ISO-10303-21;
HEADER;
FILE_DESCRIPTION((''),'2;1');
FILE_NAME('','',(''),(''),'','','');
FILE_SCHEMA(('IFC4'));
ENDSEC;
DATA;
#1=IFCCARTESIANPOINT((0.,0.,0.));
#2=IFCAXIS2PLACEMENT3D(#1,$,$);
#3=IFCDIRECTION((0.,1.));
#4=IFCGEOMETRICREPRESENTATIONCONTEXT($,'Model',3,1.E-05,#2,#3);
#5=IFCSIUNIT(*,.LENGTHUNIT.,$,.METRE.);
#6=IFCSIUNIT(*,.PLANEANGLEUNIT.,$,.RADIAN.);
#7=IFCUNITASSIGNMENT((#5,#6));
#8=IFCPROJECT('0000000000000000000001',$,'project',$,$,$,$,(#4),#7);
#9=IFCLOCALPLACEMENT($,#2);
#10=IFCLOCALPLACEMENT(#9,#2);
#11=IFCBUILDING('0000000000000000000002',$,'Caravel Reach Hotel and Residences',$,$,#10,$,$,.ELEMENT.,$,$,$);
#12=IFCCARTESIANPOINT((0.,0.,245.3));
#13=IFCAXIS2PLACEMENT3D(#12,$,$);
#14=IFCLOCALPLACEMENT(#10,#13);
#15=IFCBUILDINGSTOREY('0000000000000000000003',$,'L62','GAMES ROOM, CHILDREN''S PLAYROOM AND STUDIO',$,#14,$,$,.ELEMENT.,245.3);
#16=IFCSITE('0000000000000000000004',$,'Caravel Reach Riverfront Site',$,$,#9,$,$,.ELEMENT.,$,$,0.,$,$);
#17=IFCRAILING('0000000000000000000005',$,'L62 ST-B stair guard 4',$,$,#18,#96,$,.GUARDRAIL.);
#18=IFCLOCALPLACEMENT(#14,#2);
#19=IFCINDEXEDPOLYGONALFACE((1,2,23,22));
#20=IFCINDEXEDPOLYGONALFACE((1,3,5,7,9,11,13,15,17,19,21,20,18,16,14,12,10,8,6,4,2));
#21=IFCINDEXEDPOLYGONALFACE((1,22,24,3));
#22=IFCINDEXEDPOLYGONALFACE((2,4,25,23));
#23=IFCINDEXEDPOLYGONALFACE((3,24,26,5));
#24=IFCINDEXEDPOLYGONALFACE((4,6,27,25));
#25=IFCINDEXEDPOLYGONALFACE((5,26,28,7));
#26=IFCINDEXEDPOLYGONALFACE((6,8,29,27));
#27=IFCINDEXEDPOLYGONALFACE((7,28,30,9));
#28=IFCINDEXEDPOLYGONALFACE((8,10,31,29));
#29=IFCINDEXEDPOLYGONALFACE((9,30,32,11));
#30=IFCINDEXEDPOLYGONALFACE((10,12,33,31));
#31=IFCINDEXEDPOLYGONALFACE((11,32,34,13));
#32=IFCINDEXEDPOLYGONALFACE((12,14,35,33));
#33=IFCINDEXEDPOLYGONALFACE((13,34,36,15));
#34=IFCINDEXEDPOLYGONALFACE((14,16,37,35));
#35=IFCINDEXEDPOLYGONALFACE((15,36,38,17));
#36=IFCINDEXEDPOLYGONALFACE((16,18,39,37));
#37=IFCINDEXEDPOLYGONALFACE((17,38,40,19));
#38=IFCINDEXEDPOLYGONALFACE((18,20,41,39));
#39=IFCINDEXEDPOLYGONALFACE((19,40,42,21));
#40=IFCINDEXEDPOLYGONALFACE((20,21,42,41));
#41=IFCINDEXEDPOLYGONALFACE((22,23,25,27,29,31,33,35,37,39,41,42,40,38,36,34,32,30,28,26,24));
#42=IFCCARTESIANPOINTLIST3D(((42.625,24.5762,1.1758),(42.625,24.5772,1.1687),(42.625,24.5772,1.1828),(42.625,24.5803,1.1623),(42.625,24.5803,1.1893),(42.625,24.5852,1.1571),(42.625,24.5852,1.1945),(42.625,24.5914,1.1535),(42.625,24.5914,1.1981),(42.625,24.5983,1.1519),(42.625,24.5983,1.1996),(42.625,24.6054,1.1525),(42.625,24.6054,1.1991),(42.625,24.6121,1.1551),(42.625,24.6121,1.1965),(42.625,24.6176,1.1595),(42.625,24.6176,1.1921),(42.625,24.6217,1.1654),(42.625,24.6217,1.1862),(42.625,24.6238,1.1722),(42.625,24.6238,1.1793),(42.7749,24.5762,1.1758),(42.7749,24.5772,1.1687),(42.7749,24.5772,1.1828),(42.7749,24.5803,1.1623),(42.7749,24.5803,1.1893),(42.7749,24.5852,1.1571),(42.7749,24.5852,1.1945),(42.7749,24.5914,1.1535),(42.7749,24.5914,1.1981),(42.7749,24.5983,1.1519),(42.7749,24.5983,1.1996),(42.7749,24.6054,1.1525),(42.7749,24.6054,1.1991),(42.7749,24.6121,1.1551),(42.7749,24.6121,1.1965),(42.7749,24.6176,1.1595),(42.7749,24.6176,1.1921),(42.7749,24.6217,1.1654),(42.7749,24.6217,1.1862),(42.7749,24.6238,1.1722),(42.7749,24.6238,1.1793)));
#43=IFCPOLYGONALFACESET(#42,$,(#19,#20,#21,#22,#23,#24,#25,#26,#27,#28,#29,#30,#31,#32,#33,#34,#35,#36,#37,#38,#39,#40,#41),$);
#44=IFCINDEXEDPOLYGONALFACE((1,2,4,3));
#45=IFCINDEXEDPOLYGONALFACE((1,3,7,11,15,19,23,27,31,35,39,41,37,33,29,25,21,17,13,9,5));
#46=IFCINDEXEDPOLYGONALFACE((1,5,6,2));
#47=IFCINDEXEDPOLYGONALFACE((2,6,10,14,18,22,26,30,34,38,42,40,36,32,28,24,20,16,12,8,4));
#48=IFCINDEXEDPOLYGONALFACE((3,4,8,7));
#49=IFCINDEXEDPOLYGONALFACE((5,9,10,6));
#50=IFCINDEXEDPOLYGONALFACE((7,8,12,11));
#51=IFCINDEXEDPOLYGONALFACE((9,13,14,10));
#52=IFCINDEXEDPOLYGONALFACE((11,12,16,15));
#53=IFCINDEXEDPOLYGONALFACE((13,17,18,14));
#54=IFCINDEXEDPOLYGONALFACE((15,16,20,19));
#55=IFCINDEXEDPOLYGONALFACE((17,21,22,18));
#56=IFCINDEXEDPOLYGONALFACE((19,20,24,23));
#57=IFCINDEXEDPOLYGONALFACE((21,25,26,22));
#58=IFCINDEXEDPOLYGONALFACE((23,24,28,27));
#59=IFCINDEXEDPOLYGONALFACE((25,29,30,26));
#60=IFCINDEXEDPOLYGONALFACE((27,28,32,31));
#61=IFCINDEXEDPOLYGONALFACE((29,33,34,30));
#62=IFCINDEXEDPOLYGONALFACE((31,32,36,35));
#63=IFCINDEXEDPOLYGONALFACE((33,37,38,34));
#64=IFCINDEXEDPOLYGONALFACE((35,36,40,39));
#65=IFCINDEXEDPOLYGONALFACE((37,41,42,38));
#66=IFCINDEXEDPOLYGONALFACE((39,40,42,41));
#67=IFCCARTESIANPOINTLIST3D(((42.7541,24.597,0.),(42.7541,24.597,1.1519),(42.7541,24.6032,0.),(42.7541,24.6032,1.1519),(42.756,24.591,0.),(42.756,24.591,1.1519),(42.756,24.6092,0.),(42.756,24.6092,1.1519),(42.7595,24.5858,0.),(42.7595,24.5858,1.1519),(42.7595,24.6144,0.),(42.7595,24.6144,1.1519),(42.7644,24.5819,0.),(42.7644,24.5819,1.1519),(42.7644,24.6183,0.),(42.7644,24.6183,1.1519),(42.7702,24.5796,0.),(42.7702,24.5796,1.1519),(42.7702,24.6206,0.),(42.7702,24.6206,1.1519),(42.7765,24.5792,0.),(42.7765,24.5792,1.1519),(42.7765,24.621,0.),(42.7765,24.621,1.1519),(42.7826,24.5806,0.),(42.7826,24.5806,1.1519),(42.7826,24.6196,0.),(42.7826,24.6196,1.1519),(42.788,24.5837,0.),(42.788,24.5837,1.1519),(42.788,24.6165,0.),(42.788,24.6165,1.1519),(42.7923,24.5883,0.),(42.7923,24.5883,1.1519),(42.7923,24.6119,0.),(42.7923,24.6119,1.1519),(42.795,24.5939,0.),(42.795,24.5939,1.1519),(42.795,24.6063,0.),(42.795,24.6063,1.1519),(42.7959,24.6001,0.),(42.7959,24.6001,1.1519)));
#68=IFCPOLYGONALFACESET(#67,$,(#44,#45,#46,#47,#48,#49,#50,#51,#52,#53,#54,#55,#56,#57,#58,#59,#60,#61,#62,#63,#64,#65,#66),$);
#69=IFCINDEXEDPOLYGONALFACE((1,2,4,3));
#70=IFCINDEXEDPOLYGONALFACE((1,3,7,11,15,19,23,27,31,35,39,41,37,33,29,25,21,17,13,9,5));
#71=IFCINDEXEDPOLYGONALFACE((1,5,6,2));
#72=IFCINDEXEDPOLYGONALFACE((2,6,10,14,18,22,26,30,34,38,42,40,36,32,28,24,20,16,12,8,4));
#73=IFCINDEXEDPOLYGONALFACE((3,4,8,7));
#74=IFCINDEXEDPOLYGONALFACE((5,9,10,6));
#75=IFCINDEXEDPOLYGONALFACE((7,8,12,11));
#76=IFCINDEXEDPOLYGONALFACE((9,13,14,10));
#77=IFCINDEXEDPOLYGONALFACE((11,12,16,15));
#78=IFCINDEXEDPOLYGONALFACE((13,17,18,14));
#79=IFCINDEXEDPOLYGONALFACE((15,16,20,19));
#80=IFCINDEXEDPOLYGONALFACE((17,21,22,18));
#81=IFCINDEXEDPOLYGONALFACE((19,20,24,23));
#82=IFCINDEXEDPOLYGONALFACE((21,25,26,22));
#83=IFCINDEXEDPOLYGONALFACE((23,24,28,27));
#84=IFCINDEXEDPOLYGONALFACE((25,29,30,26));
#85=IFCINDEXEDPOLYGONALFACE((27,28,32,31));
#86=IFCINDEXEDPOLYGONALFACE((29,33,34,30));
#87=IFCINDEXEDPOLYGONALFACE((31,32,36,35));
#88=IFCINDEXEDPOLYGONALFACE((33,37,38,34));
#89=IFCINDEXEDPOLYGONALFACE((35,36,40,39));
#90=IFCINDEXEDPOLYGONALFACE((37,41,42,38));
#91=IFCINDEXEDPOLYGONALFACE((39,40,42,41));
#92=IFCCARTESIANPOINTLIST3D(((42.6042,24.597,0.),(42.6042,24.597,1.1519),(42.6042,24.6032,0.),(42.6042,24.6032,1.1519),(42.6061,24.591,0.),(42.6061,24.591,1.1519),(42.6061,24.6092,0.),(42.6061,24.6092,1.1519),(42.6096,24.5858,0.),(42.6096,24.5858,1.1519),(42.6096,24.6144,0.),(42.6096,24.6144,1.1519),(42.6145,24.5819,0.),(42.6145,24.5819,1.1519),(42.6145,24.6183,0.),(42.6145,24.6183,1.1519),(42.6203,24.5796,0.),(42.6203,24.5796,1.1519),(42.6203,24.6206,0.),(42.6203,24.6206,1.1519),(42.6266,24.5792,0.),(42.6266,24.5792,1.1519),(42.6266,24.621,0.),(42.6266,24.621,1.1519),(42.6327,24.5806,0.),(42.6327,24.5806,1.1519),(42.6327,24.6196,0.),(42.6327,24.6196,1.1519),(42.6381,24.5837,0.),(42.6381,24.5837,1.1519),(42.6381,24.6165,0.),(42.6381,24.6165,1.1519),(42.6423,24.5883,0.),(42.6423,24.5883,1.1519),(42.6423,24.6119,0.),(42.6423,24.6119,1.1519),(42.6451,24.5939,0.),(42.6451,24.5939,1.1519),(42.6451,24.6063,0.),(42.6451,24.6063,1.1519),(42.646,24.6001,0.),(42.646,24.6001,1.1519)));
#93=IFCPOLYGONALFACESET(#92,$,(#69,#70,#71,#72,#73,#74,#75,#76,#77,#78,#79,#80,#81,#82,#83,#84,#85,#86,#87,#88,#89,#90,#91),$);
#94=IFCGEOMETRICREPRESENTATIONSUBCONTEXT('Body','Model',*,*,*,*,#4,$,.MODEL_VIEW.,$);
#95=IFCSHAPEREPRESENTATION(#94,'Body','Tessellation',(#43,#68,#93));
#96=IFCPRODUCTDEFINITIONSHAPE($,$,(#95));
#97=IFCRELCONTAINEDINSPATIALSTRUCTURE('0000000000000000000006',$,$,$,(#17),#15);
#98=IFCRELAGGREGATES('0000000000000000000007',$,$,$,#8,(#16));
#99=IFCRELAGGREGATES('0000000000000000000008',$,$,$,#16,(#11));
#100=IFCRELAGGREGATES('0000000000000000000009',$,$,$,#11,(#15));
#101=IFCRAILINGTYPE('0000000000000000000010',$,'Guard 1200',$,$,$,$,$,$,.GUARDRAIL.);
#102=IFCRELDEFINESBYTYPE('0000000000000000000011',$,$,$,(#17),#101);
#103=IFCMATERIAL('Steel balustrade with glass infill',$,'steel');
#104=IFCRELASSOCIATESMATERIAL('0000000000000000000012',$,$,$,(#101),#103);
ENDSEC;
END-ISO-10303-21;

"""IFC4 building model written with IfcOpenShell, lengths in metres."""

from ifc_helpers import new_model, si_unit, direction, frame, origin, origin_2d, place, context, subcontext, project, spatial, circle, extrude, material, type_object, element, save


model = new_model("IFC4")

# Units and contexts
model_context = context("Model", 3, precision=1e-05, world=origin(), true_north=direction((0.0, 1.0)))
body_context = subcontext(model_context, "Body", "Model", "MODEL_VIEW")
ifc_project = project(units=[si_unit("LENGTHUNIT", "METRE"), si_unit("PLANEANGLEUNIT", "RADIAN")], contexts=[model_context])

# Site, building, storey
site_placement = place(None, origin())
site = spatial("IfcSite", under=ifc_project, at=site_placement, Name="Caravel Reach Riverfront Site", CompositionType="ELEMENT", RefElevation=0.0)
building_placement = place(site_placement, origin())
building = spatial("IfcBuilding", under=site, at=building_placement, Name="Caravel Reach Hotel and Residences", CompositionType="ELEMENT")
storey_placement = place(building_placement, frame((0.0, 0.0, 245.3)))
storey = spatial("IfcBuildingStorey", under=building, at=storey_placement, Name="L62", Description="GAMES ROOM, CHILDREN'S PLAYROOM AND STUDIO", CompositionType="ELEMENT", Elevation=245.3)

# Railing
ifc_material_1 = material(Name="Steel balustrade with glass infill", Category="steel")
railing_type_1 = type_object("IfcRailingType", Name="Guard 1200", PredefinedType="GUARDRAIL", material=ifc_material_1)
railing_1_placement = place(storey_placement, frame((42.7749, 24.6001, 0.0)))
element("IfcRailing", 1, at=railing_1_placement, inside=storey, type_object=railing_type_1, Name="L62 ST-B stair guard 4", PredefinedType="GUARDRAIL", context=body_context, shape_type="SweptSolid", body=[
    extrude(circle(Radius=0.0239, at=origin_2d()), frame((0.0, 0.0, 1.1758), z_axis=(-1.0, 0.0, 0.0), x_axis=(0.0, -1.0, 0.0)), (0.0, 0.0, 1.0), 0.1499),
    extrude(circle(Radius=0.021, at=origin_2d()), origin(), (0.0, 0.0, 1.0), 1.1519),
    extrude(circle(Radius=0.021, at=origin_2d()), frame((-0.1499, 0.0, 0.0)), (0.0, 0.0, 1.0), 1.1519),
])

save(model, "model.ifc")
